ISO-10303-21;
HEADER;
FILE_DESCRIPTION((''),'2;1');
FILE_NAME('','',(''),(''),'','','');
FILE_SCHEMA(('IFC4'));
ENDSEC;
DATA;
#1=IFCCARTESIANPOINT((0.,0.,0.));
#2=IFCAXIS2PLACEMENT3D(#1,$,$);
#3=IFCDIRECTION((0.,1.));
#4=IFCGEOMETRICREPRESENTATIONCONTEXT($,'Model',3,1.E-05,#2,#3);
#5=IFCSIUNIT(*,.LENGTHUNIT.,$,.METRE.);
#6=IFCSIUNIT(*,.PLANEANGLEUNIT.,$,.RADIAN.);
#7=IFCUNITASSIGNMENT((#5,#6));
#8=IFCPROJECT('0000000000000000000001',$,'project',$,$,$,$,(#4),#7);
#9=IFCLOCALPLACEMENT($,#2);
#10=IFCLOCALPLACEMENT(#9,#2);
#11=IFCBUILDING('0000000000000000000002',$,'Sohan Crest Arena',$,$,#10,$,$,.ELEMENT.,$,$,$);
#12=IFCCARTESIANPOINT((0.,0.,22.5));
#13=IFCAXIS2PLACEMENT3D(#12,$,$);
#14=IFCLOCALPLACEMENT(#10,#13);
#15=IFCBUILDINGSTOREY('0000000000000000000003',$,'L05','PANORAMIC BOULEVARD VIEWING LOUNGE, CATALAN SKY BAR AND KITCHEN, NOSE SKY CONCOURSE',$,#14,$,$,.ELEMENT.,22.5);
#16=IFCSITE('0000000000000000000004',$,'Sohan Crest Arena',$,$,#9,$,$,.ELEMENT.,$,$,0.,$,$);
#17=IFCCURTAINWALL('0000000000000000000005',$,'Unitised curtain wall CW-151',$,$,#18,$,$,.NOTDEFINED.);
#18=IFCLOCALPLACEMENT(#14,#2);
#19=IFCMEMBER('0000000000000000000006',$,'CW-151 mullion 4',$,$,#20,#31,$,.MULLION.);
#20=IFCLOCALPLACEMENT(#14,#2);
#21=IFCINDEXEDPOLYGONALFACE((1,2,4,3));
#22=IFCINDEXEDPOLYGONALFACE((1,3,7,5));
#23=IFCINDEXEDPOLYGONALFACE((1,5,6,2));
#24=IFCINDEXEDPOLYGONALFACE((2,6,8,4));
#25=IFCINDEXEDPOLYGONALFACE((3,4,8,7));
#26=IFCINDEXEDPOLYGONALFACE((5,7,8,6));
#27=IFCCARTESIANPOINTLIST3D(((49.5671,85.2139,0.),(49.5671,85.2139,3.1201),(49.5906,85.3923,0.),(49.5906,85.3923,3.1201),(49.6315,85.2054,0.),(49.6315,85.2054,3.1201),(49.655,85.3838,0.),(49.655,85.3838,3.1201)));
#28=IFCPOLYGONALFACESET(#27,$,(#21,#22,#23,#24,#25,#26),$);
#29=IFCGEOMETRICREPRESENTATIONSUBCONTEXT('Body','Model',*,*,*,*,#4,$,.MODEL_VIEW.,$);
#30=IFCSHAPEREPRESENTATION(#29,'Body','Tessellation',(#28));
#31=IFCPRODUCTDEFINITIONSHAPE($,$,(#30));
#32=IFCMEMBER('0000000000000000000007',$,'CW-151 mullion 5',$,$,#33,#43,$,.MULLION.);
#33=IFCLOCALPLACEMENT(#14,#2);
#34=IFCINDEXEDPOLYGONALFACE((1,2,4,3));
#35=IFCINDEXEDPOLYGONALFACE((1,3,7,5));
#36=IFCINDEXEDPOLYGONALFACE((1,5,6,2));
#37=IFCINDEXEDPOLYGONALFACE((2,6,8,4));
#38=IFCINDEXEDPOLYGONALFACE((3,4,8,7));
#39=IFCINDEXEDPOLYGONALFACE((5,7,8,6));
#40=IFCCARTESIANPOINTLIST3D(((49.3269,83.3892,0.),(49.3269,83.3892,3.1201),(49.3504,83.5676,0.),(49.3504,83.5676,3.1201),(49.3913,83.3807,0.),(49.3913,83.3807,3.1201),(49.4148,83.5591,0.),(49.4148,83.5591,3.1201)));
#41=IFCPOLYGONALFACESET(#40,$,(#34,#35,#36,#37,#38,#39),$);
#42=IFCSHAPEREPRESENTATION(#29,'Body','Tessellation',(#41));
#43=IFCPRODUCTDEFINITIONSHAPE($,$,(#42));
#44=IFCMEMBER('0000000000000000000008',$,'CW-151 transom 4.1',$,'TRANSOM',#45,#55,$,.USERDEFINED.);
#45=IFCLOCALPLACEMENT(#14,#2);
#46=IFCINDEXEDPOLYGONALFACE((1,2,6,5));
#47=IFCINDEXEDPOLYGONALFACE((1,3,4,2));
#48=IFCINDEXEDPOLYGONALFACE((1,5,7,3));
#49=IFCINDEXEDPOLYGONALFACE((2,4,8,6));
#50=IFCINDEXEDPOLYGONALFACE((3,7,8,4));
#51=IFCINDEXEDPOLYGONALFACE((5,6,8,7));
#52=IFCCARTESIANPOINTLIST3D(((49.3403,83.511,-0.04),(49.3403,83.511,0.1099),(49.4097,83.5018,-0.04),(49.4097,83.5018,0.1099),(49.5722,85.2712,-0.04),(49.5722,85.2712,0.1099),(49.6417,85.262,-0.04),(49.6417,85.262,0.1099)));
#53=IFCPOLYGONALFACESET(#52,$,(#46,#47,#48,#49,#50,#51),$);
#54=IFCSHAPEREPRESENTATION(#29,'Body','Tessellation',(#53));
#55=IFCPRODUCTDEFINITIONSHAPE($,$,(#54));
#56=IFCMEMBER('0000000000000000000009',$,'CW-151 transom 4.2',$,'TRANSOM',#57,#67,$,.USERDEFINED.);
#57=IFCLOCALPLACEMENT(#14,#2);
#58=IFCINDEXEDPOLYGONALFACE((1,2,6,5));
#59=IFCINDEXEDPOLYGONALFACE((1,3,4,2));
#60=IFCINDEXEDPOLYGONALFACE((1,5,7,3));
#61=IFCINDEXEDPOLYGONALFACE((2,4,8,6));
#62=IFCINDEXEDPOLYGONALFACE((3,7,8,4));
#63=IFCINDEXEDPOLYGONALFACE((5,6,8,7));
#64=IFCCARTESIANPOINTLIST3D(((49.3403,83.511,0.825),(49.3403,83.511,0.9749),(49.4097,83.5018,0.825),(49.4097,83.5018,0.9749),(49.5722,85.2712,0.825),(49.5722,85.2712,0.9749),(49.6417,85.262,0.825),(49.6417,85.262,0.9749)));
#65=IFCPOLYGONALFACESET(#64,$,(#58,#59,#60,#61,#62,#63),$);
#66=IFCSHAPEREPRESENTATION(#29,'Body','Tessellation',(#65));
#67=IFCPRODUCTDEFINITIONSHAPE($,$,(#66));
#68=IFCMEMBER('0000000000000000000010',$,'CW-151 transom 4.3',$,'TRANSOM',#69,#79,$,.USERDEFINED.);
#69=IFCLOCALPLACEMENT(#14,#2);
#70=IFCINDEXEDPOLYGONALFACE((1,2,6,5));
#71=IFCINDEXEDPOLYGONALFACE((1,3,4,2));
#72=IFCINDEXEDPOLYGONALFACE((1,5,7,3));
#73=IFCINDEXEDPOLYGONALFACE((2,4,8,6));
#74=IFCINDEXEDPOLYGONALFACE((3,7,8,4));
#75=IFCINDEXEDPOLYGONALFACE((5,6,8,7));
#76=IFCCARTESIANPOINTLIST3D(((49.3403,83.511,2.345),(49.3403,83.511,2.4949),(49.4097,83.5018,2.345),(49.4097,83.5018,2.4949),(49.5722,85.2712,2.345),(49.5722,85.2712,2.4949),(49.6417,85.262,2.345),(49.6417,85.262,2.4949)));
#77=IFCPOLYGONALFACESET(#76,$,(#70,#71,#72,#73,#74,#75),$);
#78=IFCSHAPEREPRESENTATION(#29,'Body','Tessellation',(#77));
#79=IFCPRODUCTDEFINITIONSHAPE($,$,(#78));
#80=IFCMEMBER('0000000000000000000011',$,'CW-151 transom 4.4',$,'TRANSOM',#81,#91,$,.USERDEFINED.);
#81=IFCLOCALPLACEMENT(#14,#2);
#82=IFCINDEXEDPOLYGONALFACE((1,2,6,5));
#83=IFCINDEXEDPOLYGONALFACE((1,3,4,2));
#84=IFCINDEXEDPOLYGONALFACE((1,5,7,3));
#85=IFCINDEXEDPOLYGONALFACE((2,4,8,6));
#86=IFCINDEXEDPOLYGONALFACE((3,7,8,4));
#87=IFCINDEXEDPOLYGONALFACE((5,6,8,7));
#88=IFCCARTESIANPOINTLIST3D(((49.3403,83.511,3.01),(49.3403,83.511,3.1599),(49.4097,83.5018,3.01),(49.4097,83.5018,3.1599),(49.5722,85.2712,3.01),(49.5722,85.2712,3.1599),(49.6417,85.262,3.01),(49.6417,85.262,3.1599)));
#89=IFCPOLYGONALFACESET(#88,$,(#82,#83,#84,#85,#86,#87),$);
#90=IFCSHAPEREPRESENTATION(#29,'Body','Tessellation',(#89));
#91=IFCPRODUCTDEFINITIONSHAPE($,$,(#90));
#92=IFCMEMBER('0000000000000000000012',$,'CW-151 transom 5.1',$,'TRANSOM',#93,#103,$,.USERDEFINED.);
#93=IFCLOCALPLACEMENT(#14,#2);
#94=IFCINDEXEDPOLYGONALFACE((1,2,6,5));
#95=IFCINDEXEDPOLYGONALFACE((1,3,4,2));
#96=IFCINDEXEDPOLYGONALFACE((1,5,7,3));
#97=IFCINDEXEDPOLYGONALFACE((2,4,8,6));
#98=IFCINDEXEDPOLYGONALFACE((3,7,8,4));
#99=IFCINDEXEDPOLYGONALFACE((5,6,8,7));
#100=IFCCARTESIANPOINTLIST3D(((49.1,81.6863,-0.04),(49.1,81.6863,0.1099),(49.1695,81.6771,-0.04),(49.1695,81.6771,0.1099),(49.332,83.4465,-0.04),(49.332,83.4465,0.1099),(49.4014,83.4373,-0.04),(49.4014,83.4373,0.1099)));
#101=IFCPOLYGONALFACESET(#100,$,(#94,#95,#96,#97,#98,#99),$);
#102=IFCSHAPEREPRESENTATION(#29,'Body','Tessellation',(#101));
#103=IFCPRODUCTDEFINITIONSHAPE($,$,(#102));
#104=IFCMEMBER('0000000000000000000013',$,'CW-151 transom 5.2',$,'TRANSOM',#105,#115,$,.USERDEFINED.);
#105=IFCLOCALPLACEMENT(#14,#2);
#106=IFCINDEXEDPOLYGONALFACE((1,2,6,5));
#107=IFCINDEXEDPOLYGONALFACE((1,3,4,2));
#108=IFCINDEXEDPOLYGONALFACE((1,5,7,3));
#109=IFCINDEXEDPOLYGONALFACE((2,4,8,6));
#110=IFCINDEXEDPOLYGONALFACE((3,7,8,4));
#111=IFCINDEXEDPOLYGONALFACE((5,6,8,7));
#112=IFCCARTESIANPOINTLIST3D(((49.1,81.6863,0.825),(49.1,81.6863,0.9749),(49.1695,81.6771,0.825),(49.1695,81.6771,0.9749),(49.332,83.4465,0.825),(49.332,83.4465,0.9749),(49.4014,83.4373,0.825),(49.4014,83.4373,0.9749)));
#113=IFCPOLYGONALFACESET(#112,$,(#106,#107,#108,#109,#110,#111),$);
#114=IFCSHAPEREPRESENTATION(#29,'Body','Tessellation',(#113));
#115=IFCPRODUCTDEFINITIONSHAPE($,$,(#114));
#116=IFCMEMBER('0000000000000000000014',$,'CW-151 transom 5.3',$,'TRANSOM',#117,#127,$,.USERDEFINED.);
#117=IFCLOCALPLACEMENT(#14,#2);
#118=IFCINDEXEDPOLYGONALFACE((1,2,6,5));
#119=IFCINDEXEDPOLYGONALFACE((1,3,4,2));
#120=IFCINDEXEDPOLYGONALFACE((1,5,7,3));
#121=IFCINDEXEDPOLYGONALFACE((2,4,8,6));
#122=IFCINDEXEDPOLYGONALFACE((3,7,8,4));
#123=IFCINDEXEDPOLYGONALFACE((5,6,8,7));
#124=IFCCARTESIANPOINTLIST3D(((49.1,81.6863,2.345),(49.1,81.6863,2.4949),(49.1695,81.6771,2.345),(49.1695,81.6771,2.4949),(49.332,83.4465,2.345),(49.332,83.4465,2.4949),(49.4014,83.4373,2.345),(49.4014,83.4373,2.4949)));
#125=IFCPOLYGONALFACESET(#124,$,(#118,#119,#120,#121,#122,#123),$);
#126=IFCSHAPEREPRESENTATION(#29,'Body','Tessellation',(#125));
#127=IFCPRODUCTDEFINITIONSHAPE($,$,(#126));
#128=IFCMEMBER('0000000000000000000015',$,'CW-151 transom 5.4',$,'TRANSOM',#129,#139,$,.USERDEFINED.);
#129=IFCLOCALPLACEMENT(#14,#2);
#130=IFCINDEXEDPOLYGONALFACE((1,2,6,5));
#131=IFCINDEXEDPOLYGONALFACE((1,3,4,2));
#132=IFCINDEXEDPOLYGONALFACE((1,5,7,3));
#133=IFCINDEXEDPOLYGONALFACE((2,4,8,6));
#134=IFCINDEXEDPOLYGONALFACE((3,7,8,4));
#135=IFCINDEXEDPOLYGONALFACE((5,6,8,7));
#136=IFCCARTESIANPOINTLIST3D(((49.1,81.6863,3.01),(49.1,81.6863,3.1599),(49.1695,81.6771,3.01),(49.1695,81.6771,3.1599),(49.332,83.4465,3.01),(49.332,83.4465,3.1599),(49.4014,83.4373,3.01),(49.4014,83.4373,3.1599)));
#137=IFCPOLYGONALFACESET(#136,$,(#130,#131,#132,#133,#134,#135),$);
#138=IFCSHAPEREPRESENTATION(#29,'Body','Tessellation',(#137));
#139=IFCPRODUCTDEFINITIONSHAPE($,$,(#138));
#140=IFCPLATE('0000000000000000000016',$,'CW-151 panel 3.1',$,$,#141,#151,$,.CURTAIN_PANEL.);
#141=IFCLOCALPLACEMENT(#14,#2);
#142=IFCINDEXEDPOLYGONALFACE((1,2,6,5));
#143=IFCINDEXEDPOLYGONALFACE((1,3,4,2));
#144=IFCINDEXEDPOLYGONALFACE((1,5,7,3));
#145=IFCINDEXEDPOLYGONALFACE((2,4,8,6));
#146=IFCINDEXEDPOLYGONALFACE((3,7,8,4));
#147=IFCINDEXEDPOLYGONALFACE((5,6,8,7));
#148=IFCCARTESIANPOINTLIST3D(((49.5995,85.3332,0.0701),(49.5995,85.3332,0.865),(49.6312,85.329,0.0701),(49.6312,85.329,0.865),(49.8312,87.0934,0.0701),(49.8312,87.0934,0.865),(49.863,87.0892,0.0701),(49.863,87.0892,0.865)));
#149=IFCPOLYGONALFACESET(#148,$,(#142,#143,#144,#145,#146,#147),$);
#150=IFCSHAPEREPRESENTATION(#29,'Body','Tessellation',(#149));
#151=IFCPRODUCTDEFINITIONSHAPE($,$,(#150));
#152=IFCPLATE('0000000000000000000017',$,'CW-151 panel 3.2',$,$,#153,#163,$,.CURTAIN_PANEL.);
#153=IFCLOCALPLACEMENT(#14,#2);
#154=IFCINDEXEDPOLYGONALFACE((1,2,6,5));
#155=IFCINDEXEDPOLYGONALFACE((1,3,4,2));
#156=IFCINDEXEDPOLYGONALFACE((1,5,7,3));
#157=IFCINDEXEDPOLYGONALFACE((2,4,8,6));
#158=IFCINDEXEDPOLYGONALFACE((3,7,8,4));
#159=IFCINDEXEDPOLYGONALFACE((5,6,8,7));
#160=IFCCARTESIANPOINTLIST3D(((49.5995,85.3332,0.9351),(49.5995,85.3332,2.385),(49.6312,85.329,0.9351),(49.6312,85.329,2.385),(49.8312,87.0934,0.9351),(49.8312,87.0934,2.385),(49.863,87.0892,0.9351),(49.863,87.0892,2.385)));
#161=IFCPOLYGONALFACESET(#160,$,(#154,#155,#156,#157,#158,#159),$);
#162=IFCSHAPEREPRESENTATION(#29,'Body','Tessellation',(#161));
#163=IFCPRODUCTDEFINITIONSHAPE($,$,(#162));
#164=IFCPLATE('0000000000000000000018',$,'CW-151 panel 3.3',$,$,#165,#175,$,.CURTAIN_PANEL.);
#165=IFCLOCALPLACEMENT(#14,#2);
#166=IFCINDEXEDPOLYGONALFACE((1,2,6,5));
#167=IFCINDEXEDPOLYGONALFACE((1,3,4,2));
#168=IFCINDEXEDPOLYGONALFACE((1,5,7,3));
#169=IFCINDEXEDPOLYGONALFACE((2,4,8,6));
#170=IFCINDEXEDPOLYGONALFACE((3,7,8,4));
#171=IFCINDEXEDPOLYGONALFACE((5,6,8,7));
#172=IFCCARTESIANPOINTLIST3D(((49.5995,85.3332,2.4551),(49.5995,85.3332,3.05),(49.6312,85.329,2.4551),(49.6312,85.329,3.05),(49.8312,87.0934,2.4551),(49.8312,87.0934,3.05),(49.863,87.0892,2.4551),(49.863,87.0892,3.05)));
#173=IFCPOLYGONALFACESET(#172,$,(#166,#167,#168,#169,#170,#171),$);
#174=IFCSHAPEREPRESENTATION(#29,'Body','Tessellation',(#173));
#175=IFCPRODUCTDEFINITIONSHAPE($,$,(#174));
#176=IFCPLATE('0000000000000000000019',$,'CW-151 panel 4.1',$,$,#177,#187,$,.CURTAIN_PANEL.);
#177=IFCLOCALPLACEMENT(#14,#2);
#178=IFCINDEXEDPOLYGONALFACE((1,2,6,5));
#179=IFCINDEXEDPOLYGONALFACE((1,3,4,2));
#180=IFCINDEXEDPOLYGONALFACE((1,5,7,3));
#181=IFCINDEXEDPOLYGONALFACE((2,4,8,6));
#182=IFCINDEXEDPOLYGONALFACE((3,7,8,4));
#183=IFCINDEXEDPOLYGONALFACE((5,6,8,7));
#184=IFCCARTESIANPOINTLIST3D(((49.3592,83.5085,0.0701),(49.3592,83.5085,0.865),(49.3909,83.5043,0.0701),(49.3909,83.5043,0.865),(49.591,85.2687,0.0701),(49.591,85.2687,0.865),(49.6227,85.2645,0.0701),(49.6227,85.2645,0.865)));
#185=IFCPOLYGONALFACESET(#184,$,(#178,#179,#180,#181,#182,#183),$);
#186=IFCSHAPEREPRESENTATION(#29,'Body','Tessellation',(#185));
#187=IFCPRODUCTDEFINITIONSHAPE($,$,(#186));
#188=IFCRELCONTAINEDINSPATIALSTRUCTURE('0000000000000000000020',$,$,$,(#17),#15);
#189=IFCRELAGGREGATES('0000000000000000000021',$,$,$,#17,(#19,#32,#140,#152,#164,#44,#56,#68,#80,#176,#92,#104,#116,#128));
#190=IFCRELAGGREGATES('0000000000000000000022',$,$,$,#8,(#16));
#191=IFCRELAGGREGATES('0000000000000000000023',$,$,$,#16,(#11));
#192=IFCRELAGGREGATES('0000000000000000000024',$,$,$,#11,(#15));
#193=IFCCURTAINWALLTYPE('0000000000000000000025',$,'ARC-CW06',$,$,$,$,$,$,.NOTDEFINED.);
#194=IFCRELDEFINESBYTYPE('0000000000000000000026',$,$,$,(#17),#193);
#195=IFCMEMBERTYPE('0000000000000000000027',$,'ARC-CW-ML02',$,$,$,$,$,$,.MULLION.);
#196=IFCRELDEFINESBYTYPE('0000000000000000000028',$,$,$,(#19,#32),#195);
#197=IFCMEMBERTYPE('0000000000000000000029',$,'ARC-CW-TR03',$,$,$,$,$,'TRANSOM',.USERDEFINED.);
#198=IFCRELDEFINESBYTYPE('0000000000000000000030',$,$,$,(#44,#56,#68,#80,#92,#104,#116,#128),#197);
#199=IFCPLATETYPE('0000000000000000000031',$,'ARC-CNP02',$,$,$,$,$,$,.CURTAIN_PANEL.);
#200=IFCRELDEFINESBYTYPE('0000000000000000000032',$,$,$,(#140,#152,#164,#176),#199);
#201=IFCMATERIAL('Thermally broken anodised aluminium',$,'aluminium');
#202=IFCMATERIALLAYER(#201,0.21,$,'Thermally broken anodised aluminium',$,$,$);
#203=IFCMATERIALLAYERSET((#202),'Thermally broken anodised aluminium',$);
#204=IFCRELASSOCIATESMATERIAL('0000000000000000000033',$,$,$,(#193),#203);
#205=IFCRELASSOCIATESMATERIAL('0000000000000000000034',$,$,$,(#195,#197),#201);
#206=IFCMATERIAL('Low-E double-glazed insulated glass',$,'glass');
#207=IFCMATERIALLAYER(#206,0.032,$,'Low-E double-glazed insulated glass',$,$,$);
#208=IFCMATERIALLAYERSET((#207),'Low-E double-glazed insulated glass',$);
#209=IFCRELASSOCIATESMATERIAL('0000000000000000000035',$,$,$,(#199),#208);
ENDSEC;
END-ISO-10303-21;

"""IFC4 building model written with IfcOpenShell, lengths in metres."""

from ifc_helpers import new_model, si_unit, direction, frame, origin, origin_2d, place, context, subcontext, project, spatial, rectangle, extrude, material, layer, layer_set, material_profile, profile_set, type_object, element, aggregate, save


model = new_model("IFC4")

# Units and contexts
model_context = context("Model", 3, precision=1e-05, world=origin(), true_north=direction((0.0, 1.0)))
body_context = subcontext(model_context, "Body", "Model", "MODEL_VIEW")
ifc_project = project(units=[si_unit("LENGTHUNIT", "METRE"), si_unit("PLANEANGLEUNIT", "RADIAN")], contexts=[model_context])

# Site, building, storey
site_placement = place(None, origin())
site = spatial("IfcSite", under=ifc_project, at=site_placement, Name="Sohan Crest Arena", CompositionType="ELEMENT", RefElevation=0.0)
building_placement = place(site_placement, origin())
building = spatial("IfcBuilding", under=site, at=building_placement, Name="Sohan Crest Arena", CompositionType="ELEMENT")
storey_placement = place(building_placement, frame((0.0, 0.0, 22.5)))
storey = spatial("IfcBuildingStorey", under=building, at=storey_placement, Name="L05", Description="PANORAMIC BOULEVARD VIEWING LOUNGE, CATALAN SKY BAR AND KITCHEN, NOSE SKY CONCOURSE", CompositionType="ELEMENT", Elevation=22.5)

# Curtain wall, members, plates
ifc_material_1 = material(Name="Thermally broken anodised aluminium", Category="aluminium")
ifc_layer_1 = layer(ifc_material_1, 0.21, Name="Thermally broken anodised aluminium")
ifc_layer_set_1 = layer_set([ifc_layer_1], Name="Thermally broken anodised aluminium")
curtain_wall_type = type_object("IfcCurtainWallType", Name="ARC-CW06", PredefinedType="NOTDEFINED", material=ifc_layer_set_1)
curtain_wall_placement = place(storey_placement, origin())
curtain_wall = element("IfcCurtainWall", 1, at=curtain_wall_placement, inside=storey, type_object=curtain_wall_type, Name="Unitised curtain wall CW-151", PredefinedType="NOTDEFINED")
ifc_material_profile_1 = material_profile(ifc_material_1, rectangle(XDim=0.0649, YDim=0.1799, at=origin_2d()), Name="ALU-MULL 65x180")
ifc_profile_set_1 = profile_set([ifc_material_profile_1], Name="Thermally broken anodised aluminium")
member_type_1 = type_object("IfcMemberType", Name="ARC-CW-ML02", PredefinedType="MULLION", material=ifc_profile_set_1)
member_1_placement = place(storey_placement, frame((49.6111, 85.2988, 0.0), z_axis=(0.0, 0.0, 1.0), x_axis=(0.991441, -0.130557, 0.0)))
member_1 = element("IfcMember", 2, at=member_1_placement, type_object=member_type_1, Name="CW-151 mullion 4", PredefinedType="MULLION", context=body_context, shape_type="SweptSolid", body=[
    extrude(rectangle(XDim=0.0649, YDim=0.1799, at=origin_2d()), origin(), (0.0, 0.0, 1.0), 3.1201),
])
member_2_placement = place(storey_placement, frame((49.3708, 83.4741, 0.0), z_axis=(0.0, 0.0, 1.0), x_axis=(0.991441, -0.130557, 0.0)))
member_2 = element("IfcMember", 3, at=member_2_placement, type_object=member_type_1, Name="CW-151 mullion 5", PredefinedType="MULLION", context=body_context, shape_type="SweptSolid", body=[
    extrude(rectangle(XDim=0.0649, YDim=0.1799, at=origin_2d()), origin(), (0.0, 0.0, 1.0), 3.1201),
])
ifc_material_profile_2 = material_profile(ifc_material_1, rectangle(XDim=0.0701, YDim=0.1499, at=origin_2d()), Name="ALU-TRAN 70x150")
ifc_profile_set_2 = profile_set([ifc_material_profile_2], Name="Thermally broken anodised aluminium")
member_type_2 = type_object("IfcMemberType", Name="ARC-CW-TR03", ElementType="TRANSOM", PredefinedType="USERDEFINED", material=ifc_profile_set_2)
member_3_placement = place(storey_placement, frame((49.6069, 85.2666, 0.0349), z_axis=(-0.130632, -0.991431, 0.0), x_axis=(0.991431, -0.130632, 0.0)))
member_3 = element("IfcMember", 4, at=member_3_placement, type_object=member_type_2, Name="CW-151 transom 4.1", ObjectType="TRANSOM", PredefinedType="USERDEFINED", context=body_context, shape_type="SweptSolid", body=[
    extrude(rectangle(XDim=0.0701, YDim=0.1499, at=origin_2d()), origin(), (0.0, 0.0, 1.0), 1.7754),
])
member_4_placement = place(storey_placement, frame((49.6069, 85.2666, 0.8999), z_axis=(-0.130632, -0.991431, 0.0), x_axis=(0.991431, -0.130632, 0.0)))
member_4 = element("IfcMember", 5, at=member_4_placement, type_object=member_type_2, Name="CW-151 transom 4.2", ObjectType="TRANSOM", PredefinedType="USERDEFINED", context=body_context, shape_type="SweptSolid", body=[
    extrude(rectangle(XDim=0.0701, YDim=0.1499, at=origin_2d()), origin(), (0.0, 0.0, 1.0), 1.7754),
])
member_5_placement = place(storey_placement, frame((49.6069, 85.2666, 2.4199), z_axis=(-0.130632, -0.991431, 0.0), x_axis=(0.991431, -0.130632, 0.0)))
member_5 = element("IfcMember", 6, at=member_5_placement, type_object=member_type_2, Name="CW-151 transom 4.3", ObjectType="TRANSOM", PredefinedType="USERDEFINED", context=body_context, shape_type="SweptSolid", body=[
    extrude(rectangle(XDim=0.0701, YDim=0.1499, at=origin_2d()), origin(), (0.0, 0.0, 1.0), 1.7754),
])
member_6_placement = place(storey_placement, frame((49.6069, 85.2666, 3.085), z_axis=(-0.130632, -0.991431, 0.0), x_axis=(0.991431, -0.130632, 0.0)))
member_6 = element("IfcMember", 7, at=member_6_placement, type_object=member_type_2, Name="CW-151 transom 4.4", ObjectType="TRANSOM", PredefinedType="USERDEFINED", context=body_context, shape_type="SweptSolid", body=[
    extrude(rectangle(XDim=0.0701, YDim=0.1499, at=origin_2d()), origin(), (0.0, 0.0, 1.0), 1.7754),
])
member_7_placement = place(storey_placement, frame((49.3667, 83.4419, 0.0349), z_axis=(-0.130632, -0.991431, 0.0), x_axis=(0.991431, -0.130632, 0.0)))
member_7 = element("IfcMember", 8, at=member_7_placement, type_object=member_type_2, Name="CW-151 transom 5.1", ObjectType="TRANSOM", PredefinedType="USERDEFINED", context=body_context, shape_type="SweptSolid", body=[
    extrude(rectangle(XDim=0.0701, YDim=0.1499, at=origin_2d()), origin(), (0.0, 0.0, 1.0), 1.7754),
])
member_8_placement = place(storey_placement, frame((49.3667, 83.4419, 0.8999), z_axis=(-0.130632, -0.991431, 0.0), x_axis=(0.991431, -0.130632, 0.0)))
member_8 = element("IfcMember", 9, at=member_8_placement, type_object=member_type_2, Name="CW-151 transom 5.2", ObjectType="TRANSOM", PredefinedType="USERDEFINED", context=body_context, shape_type="SweptSolid", body=[
    extrude(rectangle(XDim=0.0701, YDim=0.1499, at=origin_2d()), origin(), (0.0, 0.0, 1.0), 1.7754),
])
member_9_placement = place(storey_placement, frame((49.3667, 83.4419, 2.4199), z_axis=(-0.130632, -0.991431, 0.0), x_axis=(0.991431, -0.130632, 0.0)))
member_9 = element("IfcMember", 10, at=member_9_placement, type_object=member_type_2, Name="CW-151 transom 5.3", ObjectType="TRANSOM", PredefinedType="USERDEFINED", context=body_context, shape_type="SweptSolid", body=[
    extrude(rectangle(XDim=0.0701, YDim=0.1499, at=origin_2d()), origin(), (0.0, 0.0, 1.0), 1.7754),
])
member_10_placement = place(storey_placement, frame((49.3667, 83.4419, 3.085), z_axis=(-0.130632, -0.991431, 0.0), x_axis=(0.991431, -0.130632, 0.0)))
member_10 = element("IfcMember", 11, at=member_10_placement, type_object=member_type_2, Name="CW-151 transom 5.4", ObjectType="TRANSOM", PredefinedType="USERDEFINED", context=body_context, shape_type="SweptSolid", body=[
    extrude(rectangle(XDim=0.0701, YDim=0.1499, at=origin_2d()), origin(), (0.0, 0.0, 1.0), 1.7754),
])
ifc_material_2 = material(Name="Low-E double-glazed insulated glass", Category="glass")
ifc_layer_2 = layer(ifc_material_2, 0.032, Name="Low-E double-glazed insulated glass")
ifc_layer_set_2 = layer_set([ifc_layer_2], Name="Low-E double-glazed insulated glass")
plate_type = type_object("IfcPlateType", Name="ARC-CNP02", PredefinedType="CURTAIN_PANEL", material=ifc_layer_set_2)
plate_1_placement = place(storey_placement, frame((49.7312, 86.2112, 0.0701), z_axis=(0.0, 0.0, 1.0), x_axis=(-0.130557, -0.991441, 0.0)))
plate_1 = element("IfcPlate", 12, at=plate_1_placement, type_object=plate_type, Name="CW-151 panel 3.1", PredefinedType="CURTAIN_PANEL", context=body_context, shape_type="SweptSolid", body=[
    extrude(rectangle(XDim=1.7754, YDim=0.032, at=origin_2d()), origin(), (0.0, 0.0, 1.0), 0.7949),
])
plate_2_placement = place(storey_placement, frame((49.7312, 86.2112, 0.9351), z_axis=(0.0, 0.0, 1.0), x_axis=(-0.130557, -0.991441, 0.0)))
plate_2 = element("IfcPlate", 13, at=plate_2_placement, type_object=plate_type, Name="CW-151 panel 3.2", PredefinedType="CURTAIN_PANEL", context=body_context, shape_type="SweptSolid", body=[
    extrude(rectangle(XDim=1.7754, YDim=0.032, at=origin_2d()), origin(), (0.0, 0.0, 1.0), 1.45),
])
plate_3_placement = place(storey_placement, frame((49.7312, 86.2112, 2.4551), z_axis=(0.0, 0.0, 1.0), x_axis=(-0.130557, -0.991441, 0.0)))
plate_3 = element("IfcPlate", 14, at=plate_3_placement, type_object=plate_type, Name="CW-151 panel 3.3", PredefinedType="CURTAIN_PANEL", context=body_context, shape_type="SweptSolid", body=[
    extrude(rectangle(XDim=1.7754, YDim=0.032, at=origin_2d()), origin(), (0.0, 0.0, 1.0), 0.595),
])
plate_4_placement = place(storey_placement, frame((49.491, 84.3865, 0.0701), z_axis=(0.0, 0.0, 1.0), x_axis=(-0.130557, -0.991441, 0.0)))
plate_4 = element("IfcPlate", 15, at=plate_4_placement, type_object=plate_type, Name="CW-151 panel 4.1", PredefinedType="CURTAIN_PANEL", context=body_context, shape_type="SweptSolid", body=[
    extrude(rectangle(XDim=1.7754, YDim=0.032, at=origin_2d()), origin(), (0.0, 0.0, 1.0), 0.7949),
])
aggregate(curtain_wall, [member_1, member_2, plate_1, plate_2, plate_3, member_3, member_4, member_5, member_6, plate_4, member_7, member_8, member_9, member_10])

save(model, "model.ifc")
